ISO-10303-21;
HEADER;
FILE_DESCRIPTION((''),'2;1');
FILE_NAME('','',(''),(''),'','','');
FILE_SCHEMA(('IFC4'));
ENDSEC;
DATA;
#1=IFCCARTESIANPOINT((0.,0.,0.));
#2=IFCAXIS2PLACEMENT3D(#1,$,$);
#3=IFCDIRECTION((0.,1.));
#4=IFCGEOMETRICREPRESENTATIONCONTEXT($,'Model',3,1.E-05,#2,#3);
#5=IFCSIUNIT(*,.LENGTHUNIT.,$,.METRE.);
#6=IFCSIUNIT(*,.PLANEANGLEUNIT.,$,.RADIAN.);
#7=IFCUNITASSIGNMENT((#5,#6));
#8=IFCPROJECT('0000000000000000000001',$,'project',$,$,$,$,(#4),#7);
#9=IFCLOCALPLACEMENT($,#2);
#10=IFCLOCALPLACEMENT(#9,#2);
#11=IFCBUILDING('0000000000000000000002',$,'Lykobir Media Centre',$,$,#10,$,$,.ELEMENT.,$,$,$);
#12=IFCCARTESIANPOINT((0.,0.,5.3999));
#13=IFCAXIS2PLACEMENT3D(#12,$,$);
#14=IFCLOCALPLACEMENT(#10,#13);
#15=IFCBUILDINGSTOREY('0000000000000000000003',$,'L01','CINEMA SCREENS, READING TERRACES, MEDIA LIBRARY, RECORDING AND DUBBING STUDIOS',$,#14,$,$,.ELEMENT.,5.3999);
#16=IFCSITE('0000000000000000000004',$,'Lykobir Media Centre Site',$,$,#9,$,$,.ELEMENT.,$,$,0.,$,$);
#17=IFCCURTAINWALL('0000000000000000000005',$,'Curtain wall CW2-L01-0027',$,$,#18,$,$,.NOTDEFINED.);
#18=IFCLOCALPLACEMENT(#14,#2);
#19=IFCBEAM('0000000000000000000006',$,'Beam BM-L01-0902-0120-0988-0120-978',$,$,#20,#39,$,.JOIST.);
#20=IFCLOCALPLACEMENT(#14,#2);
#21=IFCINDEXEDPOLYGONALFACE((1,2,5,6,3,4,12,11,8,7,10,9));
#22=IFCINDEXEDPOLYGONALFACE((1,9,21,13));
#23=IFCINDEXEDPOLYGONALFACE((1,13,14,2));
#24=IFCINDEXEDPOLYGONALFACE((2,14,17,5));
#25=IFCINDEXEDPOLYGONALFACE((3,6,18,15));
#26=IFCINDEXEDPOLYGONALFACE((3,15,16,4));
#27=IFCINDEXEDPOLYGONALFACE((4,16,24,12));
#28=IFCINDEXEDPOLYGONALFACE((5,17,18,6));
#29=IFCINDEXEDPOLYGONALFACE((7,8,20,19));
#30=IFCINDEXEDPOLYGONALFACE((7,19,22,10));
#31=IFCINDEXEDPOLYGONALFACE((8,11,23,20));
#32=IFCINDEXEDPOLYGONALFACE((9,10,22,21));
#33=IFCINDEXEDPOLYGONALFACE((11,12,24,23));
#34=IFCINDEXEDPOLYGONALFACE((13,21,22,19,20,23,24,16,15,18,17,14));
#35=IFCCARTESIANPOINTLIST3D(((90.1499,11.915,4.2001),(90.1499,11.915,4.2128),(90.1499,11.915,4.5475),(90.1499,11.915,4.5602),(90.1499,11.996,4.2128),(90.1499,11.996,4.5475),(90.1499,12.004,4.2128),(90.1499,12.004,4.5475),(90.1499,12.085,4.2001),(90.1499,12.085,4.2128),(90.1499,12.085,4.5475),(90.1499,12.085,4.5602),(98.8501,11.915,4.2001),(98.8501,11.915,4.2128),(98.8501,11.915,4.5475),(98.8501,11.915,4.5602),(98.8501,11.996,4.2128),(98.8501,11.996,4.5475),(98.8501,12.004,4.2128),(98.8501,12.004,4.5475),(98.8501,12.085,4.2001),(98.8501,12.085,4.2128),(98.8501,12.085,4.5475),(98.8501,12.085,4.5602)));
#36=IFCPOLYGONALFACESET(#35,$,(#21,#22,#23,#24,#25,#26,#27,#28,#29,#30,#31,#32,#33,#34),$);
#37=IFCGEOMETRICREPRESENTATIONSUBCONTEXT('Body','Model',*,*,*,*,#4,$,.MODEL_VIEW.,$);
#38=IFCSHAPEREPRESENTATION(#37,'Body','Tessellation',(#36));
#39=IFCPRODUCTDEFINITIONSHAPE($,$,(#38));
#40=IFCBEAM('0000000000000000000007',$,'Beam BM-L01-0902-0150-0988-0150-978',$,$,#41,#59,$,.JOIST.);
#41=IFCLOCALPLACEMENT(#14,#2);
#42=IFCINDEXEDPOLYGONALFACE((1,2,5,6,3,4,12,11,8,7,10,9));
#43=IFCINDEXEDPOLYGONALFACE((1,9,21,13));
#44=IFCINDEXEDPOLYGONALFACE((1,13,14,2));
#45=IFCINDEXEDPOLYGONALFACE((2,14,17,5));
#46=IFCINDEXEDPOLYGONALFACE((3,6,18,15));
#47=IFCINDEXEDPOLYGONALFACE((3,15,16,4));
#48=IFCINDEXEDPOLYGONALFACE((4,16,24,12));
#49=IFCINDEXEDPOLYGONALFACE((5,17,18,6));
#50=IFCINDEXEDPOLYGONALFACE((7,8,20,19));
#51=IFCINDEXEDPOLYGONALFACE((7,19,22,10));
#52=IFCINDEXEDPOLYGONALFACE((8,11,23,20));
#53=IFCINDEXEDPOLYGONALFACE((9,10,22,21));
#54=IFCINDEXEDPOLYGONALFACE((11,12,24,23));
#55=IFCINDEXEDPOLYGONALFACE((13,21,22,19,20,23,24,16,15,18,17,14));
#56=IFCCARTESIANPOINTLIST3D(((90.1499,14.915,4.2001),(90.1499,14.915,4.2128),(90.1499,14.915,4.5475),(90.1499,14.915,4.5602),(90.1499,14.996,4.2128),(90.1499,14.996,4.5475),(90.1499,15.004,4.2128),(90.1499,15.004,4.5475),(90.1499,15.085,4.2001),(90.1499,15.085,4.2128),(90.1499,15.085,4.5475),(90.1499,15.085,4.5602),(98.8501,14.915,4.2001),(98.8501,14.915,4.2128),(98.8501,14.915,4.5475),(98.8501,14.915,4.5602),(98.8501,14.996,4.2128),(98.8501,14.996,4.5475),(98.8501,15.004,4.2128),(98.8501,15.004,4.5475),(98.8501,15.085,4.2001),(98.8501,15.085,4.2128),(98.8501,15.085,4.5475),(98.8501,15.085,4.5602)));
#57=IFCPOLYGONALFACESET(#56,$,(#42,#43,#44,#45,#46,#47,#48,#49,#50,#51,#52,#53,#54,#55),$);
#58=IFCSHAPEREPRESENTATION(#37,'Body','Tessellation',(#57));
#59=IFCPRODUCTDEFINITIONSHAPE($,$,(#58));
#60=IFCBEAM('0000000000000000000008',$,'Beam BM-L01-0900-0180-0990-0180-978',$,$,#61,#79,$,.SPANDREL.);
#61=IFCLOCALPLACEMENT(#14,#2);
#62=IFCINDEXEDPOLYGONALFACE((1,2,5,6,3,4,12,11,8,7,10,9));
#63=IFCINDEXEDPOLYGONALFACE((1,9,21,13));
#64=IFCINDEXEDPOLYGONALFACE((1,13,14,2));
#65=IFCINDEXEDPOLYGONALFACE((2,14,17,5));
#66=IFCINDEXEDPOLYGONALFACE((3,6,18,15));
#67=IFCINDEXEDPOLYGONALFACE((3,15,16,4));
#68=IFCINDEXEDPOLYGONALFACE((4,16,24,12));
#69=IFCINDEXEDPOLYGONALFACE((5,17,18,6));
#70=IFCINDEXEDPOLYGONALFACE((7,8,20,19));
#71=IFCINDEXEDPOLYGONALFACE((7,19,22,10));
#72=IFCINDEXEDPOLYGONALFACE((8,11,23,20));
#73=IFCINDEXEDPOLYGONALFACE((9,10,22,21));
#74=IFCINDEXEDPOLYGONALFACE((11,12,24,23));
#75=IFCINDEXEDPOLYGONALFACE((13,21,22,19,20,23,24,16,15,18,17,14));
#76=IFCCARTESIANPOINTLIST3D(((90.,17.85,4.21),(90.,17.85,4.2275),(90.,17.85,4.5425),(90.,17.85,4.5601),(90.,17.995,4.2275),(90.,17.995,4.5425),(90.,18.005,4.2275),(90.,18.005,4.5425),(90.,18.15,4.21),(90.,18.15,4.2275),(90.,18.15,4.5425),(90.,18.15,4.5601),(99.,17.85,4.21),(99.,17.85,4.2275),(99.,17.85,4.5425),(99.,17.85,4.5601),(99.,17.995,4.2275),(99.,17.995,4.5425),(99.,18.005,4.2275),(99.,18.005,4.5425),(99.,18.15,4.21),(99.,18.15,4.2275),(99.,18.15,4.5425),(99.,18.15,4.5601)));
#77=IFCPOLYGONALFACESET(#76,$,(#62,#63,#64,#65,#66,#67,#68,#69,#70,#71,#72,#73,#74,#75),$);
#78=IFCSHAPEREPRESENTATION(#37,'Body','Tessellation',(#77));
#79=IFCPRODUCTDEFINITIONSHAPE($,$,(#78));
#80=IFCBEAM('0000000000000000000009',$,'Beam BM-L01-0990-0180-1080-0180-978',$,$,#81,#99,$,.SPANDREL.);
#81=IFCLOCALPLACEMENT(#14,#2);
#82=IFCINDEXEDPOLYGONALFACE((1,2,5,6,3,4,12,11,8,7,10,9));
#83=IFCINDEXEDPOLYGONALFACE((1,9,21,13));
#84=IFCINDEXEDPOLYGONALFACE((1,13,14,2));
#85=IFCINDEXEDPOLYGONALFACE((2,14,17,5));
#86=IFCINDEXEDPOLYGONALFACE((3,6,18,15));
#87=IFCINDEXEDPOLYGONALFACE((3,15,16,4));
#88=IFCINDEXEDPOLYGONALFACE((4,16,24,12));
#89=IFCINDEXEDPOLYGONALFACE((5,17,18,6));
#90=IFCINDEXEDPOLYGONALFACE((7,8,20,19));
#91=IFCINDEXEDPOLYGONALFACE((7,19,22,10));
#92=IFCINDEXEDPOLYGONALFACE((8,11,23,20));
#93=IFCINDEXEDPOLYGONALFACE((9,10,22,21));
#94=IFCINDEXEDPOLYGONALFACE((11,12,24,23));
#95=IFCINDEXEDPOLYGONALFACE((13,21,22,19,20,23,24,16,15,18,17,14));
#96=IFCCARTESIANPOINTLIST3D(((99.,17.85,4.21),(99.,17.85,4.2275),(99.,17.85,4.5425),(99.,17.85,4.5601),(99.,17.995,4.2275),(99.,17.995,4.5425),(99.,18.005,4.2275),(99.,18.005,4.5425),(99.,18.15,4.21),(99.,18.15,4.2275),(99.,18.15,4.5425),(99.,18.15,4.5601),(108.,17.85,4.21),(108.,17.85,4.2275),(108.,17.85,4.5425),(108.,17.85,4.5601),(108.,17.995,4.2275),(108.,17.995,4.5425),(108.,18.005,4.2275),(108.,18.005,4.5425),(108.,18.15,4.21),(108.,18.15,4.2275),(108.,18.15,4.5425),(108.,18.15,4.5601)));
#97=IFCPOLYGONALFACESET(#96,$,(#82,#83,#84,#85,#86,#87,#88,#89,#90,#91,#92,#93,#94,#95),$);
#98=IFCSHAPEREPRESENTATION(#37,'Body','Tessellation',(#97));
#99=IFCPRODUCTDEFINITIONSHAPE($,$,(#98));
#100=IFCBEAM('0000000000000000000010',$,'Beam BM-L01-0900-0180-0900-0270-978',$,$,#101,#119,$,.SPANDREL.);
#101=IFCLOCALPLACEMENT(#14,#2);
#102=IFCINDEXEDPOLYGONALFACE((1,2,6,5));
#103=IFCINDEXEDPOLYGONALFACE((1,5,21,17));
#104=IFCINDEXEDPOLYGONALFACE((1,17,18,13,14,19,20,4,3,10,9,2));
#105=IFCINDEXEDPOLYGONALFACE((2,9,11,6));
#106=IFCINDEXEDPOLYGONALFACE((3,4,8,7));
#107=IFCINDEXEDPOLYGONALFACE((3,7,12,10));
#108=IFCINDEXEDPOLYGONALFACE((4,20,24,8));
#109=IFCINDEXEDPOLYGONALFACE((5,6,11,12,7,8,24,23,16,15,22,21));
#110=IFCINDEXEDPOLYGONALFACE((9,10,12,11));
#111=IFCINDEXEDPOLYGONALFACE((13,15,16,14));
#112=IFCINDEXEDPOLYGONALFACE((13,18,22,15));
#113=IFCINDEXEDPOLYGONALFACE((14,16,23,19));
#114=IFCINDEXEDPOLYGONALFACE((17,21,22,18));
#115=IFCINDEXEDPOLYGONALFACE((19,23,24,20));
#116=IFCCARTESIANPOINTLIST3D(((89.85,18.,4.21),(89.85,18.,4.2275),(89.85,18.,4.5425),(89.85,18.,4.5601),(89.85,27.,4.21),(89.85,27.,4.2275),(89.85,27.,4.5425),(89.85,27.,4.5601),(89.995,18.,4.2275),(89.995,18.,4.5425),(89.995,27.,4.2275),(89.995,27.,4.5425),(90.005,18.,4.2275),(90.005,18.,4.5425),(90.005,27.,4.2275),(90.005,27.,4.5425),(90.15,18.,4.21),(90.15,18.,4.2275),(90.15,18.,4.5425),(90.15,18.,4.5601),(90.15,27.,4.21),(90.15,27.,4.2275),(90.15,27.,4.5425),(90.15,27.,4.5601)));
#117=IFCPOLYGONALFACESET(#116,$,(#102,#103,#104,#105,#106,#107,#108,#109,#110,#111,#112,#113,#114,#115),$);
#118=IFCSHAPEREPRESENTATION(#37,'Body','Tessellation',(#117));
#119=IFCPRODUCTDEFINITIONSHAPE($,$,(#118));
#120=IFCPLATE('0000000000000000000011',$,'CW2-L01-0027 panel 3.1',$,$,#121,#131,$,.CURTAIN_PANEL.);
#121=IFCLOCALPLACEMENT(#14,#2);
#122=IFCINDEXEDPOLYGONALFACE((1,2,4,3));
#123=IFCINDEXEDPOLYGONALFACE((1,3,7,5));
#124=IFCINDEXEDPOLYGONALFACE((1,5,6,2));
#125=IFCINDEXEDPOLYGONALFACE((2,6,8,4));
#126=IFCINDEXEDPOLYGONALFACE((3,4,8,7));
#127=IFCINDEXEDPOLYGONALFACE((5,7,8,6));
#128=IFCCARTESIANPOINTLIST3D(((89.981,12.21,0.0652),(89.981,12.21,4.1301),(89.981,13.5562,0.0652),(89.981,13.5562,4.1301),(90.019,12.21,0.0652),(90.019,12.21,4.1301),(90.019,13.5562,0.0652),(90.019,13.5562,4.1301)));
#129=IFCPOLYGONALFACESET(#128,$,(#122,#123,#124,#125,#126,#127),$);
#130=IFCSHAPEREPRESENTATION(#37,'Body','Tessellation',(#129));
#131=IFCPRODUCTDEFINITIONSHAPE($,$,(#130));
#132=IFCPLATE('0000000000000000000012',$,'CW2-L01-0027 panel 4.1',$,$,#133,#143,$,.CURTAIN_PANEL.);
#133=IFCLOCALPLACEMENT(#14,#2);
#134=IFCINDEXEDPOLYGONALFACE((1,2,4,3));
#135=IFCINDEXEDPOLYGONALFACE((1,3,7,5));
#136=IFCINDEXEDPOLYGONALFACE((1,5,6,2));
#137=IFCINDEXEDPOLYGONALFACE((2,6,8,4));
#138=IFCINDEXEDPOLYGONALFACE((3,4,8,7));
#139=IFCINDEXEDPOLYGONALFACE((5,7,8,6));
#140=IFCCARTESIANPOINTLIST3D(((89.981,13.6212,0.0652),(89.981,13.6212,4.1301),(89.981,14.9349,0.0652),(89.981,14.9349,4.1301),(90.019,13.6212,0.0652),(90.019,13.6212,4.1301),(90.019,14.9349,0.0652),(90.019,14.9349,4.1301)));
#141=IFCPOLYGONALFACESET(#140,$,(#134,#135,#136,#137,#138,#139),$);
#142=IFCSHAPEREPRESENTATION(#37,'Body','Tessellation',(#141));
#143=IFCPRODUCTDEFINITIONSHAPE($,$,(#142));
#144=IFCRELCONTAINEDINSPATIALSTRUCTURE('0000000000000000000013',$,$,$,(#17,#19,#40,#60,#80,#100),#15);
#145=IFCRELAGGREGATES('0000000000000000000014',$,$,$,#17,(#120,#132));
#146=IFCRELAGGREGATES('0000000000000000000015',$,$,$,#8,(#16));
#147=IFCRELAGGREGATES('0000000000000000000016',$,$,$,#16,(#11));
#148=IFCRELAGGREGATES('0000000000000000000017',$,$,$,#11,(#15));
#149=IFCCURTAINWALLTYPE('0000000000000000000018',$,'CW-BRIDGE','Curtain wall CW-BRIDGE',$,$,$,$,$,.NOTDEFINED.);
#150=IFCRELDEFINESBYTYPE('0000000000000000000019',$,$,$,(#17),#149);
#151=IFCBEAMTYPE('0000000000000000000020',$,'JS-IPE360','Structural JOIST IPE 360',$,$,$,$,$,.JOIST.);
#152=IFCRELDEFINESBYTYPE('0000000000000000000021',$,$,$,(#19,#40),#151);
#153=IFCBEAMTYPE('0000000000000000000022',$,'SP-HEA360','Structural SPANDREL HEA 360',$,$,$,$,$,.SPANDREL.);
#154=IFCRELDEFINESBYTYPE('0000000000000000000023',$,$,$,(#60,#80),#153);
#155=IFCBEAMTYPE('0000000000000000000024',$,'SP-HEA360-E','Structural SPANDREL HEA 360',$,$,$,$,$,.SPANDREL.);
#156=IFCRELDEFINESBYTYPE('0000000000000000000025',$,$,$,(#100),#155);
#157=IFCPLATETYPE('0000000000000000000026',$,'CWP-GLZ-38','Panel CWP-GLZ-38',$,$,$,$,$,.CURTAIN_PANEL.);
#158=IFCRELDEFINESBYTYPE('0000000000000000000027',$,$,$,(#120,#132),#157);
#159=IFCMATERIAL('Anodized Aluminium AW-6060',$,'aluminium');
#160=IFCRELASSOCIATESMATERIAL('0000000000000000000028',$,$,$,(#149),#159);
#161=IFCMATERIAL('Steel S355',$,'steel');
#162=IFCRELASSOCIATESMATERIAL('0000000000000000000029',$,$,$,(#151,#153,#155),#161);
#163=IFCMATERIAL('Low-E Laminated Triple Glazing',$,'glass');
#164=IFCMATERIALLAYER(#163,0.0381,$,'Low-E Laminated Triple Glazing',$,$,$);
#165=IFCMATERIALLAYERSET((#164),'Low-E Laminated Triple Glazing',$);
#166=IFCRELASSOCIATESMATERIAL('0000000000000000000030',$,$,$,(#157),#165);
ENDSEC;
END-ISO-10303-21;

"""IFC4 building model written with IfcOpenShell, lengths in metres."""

from ifc_helpers import new_model, si_unit, direction, frame, origin, origin_2d, place, context, subcontext, project, spatial, rectangle, i_section, extrude, material, layer, layer_set, material_profile, profile_set, type_object, element, aggregate, save


model = new_model("IFC4")

# Units and contexts
model_context = context("Model", 3, precision=1e-05, world=origin(), true_north=direction((0.0, 1.0)))
body_context = subcontext(model_context, "Body", "Model", "MODEL_VIEW")
ifc_project = project(units=[si_unit("LENGTHUNIT", "METRE"), si_unit("PLANEANGLEUNIT", "RADIAN")], contexts=[model_context])

# Site, building, storey
site_placement = place(None, origin())
site = spatial("IfcSite", under=ifc_project, at=site_placement, Name="Lykobir Media Centre Site", CompositionType="ELEMENT", RefElevation=0.0)
building_placement = place(site_placement, origin())
building = spatial("IfcBuilding", under=site, at=building_placement, Name="Lykobir Media Centre", CompositionType="ELEMENT")
storey_placement = place(building_placement, frame((0.0, 0.0, 5.3999)))
storey = spatial("IfcBuildingStorey", under=building, at=storey_placement, Name="L01", Description="CINEMA SCREENS, READING TERRACES, MEDIA LIBRARY, RECORDING AND DUBBING STUDIOS", CompositionType="ELEMENT", Elevation=5.3999)

# Shared definitions
ifc_material_1 = material(Name="Steel S355", Category="steel")

# Curtain wall
ifc_material_2 = material(Name="Anodized Aluminium AW-6060", Category="aluminium")
curtain_wall_type = type_object("IfcCurtainWallType", Name="CW-BRIDGE", Description="Curtain wall CW-BRIDGE", PredefinedType="NOTDEFINED", material=ifc_material_2)
curtain_wall_placement = place(storey_placement, origin())
curtain_wall = element("IfcCurtainWall", 1, at=curtain_wall_placement, inside=storey, type_object=curtain_wall_type, Name="Curtain wall CW2-L01-0027", PredefinedType="NOTDEFINED")

# Beams
ifc_material_profile_1 = material_profile(ifc_material_1, i_section(OverallWidth=0.1699, OverallDepth=0.3601, WebThickness=0.0081, FlangeThickness=0.0127, at=origin_2d()), Name="IPE 360")
ifc_profile_set_1 = profile_set([ifc_material_profile_1], Name="Steel S355")
beam_type_1 = type_object("IfcBeamType", Name="JS-IPE360", Description="Structural JOIST IPE 360", PredefinedType="JOIST", material=ifc_profile_set_1)
for number, where, z_axis, x_axis, name in (
    (2, (90.1499, 12.0, 4.3801), (1.0, 0.0, 0.0), (0.0, 1.0, 0.0), "Beam BM-L01-0902-0120-0988-0120-978"),
    (3, (90.1499, 15.0, 4.3801), (1.0, 0.0, 0.0), (0.0, 1.0, 0.0), "Beam BM-L01-0902-0150-0988-0150-978"),
):
    element("IfcBeam", number, at=place(storey_placement, frame(where, z_axis=z_axis, x_axis=x_axis)), inside=storey, type_object=beam_type_1, Name=name, PredefinedType="JOIST", context=body_context, shape_type="SweptSolid", body=[
        extrude(i_section(OverallWidth=0.1699, OverallDepth=0.3601, WebThickness=0.0081, FlangeThickness=0.0127, at=origin_2d()), origin(), (0.0, 0.0, 1.0), 8.7002),
    ])
ifc_material_profile_2 = material_profile(ifc_material_1, i_section(OverallWidth=0.3, OverallDepth=0.3501, WebThickness=0.01, FlangeThickness=0.0176, at=origin_2d()), Name="HEA 360")
ifc_profile_set_2 = profile_set([ifc_material_profile_2], Name="Steel S355")
beam_type_2 = type_object("IfcBeamType", Name="SP-HEA360", Description="Structural SPANDREL HEA 360", PredefinedType="SPANDREL", material=ifc_profile_set_2)
for number, where, z_axis, x_axis, name in (
    (4, (90.0, 18.0, 4.385), (1.0, 0.0, 0.0), (0.0, 1.0, 0.0), "Beam BM-L01-0900-0180-0990-0180-978"),
    (5, (99.0, 18.0, 4.385), (1.0, 0.0, 0.0), (0.0, 1.0, 0.0), "Beam BM-L01-0990-0180-1080-0180-978"),
):
    element("IfcBeam", number, at=place(storey_placement, frame(where, z_axis=z_axis, x_axis=x_axis)), inside=storey, type_object=beam_type_2, Name=name, PredefinedType="SPANDREL", context=body_context, shape_type="SweptSolid", body=[
        extrude(i_section(OverallWidth=0.3, OverallDepth=0.3501, WebThickness=0.01, FlangeThickness=0.0176, at=origin_2d()), origin(), (0.0, 0.0, 1.0), 9.0),
    ])
ifc_material_profile_3 = material_profile(ifc_material_1, i_section(OverallWidth=0.3, OverallDepth=0.3501, WebThickness=0.01, FlangeThickness=0.0176, at=origin_2d()), Name="HEA 360")
ifc_profile_set_3 = profile_set([ifc_material_profile_3], Name="Steel S355")
beam_type_3 = type_object("IfcBeamType", Name="SP-HEA360-E", Description="Structural SPANDREL HEA 360", PredefinedType="SPANDREL", material=ifc_profile_set_3)
beam_1_placement = place(storey_placement, frame((90.0, 18.0, 4.385), z_axis=(0.0, 1.0, 0.0), x_axis=(-1.0, 0.0, 0.0)))
element("IfcBeam", 6, at=beam_1_placement, inside=storey, type_object=beam_type_3, Name="Beam BM-L01-0900-0180-0900-0270-978", PredefinedType="SPANDREL", context=body_context, shape_type="SweptSolid", body=[
    extrude(i_section(OverallWidth=0.3, OverallDepth=0.3501, WebThickness=0.01, FlangeThickness=0.0176, at=origin_2d()), origin(), (0.0, 0.0, 1.0), 9.0),
])

# Plates
ifc_material_3 = material(Name="Low-E Laminated Triple Glazing", Category="glass")
ifc_layer_1 = layer(ifc_material_3, 0.0381, Name="Low-E Laminated Triple Glazing")
ifc_layer_set_1 = layer_set([ifc_layer_1], Name="Low-E Laminated Triple Glazing")
plate_type = type_object("IfcPlateType", Name="CWP-GLZ-38", Description="Panel CWP-GLZ-38", PredefinedType="CURTAIN_PANEL", material=ifc_layer_set_1)
plate_1_placement = place(storey_placement, frame((90.0, 12.8831, 0.0652), z_axis=(0.0, 0.0, 1.0), x_axis=(0.0, 1.0, 0.0)))
plate_1 = element("IfcPlate", 7, at=plate_1_placement, type_object=plate_type, Name="CW2-L01-0027 panel 3.1", PredefinedType="CURTAIN_PANEL", context=body_context, shape_type="SweptSolid", body=[
    extrude(rectangle(XDim=1.3462, YDim=0.0381, at=origin_2d()), origin(), (0.0, 0.0, 1.0), 4.0649),
])
plate_2_placement = place(storey_placement, frame((90.0, 14.2781, 0.0652), z_axis=(0.0, 0.0, 1.0), x_axis=(0.0, 1.0, 0.0)))
plate_2 = element("IfcPlate", 8, at=plate_2_placement, type_object=plate_type, Name="CW2-L01-0027 panel 4.1", PredefinedType="CURTAIN_PANEL", context=body_context, shape_type="SweptSolid", body=[
    extrude(rectangle(XDim=1.3137, YDim=0.0381, at=origin_2d()), origin(), (0.0, 0.0, 1.0), 4.0649),
])
aggregate(curtain_wall, [plate_1, plate_2])

save(model, "model.ifc")
